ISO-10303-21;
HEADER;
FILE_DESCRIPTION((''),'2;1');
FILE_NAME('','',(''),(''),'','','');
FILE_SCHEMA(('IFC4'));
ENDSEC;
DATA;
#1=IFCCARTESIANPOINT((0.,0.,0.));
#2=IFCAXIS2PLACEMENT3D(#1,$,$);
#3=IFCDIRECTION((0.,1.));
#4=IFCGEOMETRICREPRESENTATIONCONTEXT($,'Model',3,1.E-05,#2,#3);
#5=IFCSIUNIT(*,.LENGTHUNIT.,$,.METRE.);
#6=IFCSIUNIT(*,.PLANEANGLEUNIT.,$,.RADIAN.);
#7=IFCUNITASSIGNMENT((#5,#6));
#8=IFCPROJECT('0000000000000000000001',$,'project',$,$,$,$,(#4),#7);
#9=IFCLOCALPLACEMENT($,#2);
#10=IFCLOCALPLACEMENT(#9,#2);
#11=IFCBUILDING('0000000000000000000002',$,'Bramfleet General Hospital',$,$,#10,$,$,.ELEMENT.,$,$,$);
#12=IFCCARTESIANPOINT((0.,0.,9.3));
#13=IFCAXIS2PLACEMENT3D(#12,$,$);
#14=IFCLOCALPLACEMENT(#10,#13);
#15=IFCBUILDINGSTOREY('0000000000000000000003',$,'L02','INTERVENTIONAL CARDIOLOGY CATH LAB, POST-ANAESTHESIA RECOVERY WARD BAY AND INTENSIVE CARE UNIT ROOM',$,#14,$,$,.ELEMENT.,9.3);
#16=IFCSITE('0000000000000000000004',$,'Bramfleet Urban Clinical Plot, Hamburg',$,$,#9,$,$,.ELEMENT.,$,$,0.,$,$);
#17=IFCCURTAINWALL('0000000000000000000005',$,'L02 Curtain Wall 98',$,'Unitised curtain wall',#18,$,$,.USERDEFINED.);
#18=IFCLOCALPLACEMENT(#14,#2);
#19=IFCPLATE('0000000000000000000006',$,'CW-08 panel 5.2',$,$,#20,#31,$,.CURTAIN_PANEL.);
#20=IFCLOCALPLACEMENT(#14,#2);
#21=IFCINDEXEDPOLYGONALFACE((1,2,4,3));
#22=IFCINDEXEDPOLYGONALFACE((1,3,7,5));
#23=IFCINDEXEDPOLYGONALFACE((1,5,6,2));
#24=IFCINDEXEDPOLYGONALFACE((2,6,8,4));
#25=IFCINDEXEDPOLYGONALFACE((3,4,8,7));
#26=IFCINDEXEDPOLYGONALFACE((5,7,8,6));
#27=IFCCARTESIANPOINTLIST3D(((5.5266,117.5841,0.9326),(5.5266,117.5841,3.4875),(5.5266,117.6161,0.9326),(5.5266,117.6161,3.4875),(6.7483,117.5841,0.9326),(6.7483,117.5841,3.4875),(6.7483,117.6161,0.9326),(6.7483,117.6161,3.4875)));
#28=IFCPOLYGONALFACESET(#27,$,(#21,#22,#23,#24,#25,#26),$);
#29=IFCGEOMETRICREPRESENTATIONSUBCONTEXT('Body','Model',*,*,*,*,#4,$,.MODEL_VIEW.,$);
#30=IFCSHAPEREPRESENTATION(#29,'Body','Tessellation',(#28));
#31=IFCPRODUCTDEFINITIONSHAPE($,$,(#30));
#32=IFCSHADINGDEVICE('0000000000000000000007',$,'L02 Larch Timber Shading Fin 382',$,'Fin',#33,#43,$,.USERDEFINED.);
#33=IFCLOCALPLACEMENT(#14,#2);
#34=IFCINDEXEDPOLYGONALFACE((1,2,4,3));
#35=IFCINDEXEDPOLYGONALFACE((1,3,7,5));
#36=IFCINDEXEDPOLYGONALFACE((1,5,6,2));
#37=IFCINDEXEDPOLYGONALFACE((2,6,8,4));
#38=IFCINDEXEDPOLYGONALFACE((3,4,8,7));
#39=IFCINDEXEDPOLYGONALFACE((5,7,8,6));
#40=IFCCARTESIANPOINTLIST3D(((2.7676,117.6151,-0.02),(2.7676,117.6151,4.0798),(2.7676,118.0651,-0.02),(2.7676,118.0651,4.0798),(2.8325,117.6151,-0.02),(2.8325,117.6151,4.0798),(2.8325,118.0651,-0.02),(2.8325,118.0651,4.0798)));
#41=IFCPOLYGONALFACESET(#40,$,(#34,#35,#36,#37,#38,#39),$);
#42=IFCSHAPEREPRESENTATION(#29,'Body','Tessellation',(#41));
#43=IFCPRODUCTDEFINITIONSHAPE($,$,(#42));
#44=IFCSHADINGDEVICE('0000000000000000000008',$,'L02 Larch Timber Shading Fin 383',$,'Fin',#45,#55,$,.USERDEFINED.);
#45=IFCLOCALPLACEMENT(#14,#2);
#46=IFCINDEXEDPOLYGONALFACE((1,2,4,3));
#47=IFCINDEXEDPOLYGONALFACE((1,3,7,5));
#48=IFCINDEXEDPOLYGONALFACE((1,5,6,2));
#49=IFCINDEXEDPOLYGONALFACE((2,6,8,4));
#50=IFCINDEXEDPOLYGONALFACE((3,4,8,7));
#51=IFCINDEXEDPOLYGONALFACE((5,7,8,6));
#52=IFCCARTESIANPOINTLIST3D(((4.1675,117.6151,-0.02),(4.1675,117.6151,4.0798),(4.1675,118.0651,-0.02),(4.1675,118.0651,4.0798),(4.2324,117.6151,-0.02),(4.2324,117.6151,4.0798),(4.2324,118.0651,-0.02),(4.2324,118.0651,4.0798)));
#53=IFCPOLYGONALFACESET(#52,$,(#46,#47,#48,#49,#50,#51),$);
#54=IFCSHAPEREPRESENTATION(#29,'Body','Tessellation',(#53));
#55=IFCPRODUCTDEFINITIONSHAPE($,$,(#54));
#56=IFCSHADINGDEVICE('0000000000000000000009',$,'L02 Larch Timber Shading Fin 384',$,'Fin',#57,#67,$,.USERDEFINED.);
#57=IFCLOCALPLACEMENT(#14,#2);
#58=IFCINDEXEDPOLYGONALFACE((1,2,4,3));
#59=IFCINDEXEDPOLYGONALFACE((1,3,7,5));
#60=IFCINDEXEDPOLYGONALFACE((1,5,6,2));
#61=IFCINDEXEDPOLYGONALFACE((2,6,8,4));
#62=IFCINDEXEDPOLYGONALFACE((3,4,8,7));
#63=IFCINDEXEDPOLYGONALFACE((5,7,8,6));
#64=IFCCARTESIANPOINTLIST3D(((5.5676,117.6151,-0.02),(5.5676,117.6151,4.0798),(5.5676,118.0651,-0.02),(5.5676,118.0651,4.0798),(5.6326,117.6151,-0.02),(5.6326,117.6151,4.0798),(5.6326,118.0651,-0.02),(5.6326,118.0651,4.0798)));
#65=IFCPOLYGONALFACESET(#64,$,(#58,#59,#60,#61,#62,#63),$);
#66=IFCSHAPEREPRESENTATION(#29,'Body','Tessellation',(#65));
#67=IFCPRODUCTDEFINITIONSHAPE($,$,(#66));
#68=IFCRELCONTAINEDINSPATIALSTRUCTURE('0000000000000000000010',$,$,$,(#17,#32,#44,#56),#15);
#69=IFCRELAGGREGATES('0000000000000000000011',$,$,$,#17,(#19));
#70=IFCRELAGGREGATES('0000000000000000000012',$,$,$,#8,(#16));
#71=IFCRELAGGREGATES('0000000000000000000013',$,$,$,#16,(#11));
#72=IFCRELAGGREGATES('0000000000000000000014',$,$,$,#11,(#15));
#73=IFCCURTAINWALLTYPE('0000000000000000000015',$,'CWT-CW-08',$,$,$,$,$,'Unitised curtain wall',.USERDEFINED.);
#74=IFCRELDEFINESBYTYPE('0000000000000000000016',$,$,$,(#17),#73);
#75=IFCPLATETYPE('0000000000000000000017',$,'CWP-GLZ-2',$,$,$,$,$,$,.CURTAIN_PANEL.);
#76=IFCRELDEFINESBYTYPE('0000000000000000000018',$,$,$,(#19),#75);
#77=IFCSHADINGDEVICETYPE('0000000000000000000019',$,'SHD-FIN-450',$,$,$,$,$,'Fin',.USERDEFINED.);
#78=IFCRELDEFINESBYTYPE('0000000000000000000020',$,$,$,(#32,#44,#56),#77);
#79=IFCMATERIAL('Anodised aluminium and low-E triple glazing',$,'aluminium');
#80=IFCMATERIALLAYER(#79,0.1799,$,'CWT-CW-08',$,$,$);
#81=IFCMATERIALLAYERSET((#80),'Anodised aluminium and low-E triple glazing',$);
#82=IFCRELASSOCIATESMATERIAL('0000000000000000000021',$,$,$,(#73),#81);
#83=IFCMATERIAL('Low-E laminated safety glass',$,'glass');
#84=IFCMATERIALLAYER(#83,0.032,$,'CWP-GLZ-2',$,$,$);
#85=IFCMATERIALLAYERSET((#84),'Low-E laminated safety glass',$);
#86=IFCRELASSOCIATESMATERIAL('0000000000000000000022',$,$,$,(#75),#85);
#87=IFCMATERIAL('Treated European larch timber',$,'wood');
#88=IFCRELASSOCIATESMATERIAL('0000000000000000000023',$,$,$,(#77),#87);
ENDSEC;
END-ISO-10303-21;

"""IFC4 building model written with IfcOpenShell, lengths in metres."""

from ifc_helpers import new_model, si_unit, direction, frame, origin, origin_2d, place, context, subcontext, project, spatial, rectangle, extrude, material, layer, layer_set, material_profile, profile_set, type_object, element, aggregate, save


model = new_model("IFC4")

# Units and contexts
model_context = context("Model", 3, precision=1e-05, world=origin(), true_north=direction((0.0, 1.0)))
body_context = subcontext(model_context, "Body", "Model", "MODEL_VIEW")
ifc_project = project(units=[si_unit("LENGTHUNIT", "METRE"), si_unit("PLANEANGLEUNIT", "RADIAN")], contexts=[model_context])

# Site, building, storey
site_placement = place(None, origin())
site = spatial("IfcSite", under=ifc_project, at=site_placement, Name="Bramfleet Urban Clinical Plot, Hamburg", CompositionType="ELEMENT", RefElevation=0.0)
building_placement = place(site_placement, origin())
building = spatial("IfcBuilding", under=site, at=building_placement, Name="Bramfleet General Hospital", CompositionType="ELEMENT")
storey_placement = place(building_placement, frame((0.0, 0.0, 9.3)))
storey = spatial("IfcBuildingStorey", under=building, at=storey_placement, Name="L02", Description="INTERVENTIONAL CARDIOLOGY CATH LAB, POST-ANAESTHESIA RECOVERY WARD BAY AND INTENSIVE CARE UNIT ROOM", CompositionType="ELEMENT", Elevation=9.3)

# Curtain wall, plate
ifc_material_1 = material(Name="Anodised aluminium and low-E triple glazing", Category="aluminium")
ifc_layer_1 = layer(ifc_material_1, 0.1799, Name="CWT-CW-08")
ifc_layer_set_1 = layer_set([ifc_layer_1], Name="Anodised aluminium and low-E triple glazing")
curtain_wall_type = type_object("IfcCurtainWallType", Name="CWT-CW-08", ElementType="Unitised curtain wall", PredefinedType="USERDEFINED", material=ifc_layer_set_1)
curtain_wall_placement = place(storey_placement, origin())
curtain_wall = element("IfcCurtainWall", 1, at=curtain_wall_placement, inside=storey, type_object=curtain_wall_type, Name="L02 Curtain Wall 98", ObjectType="Unitised curtain wall", PredefinedType="USERDEFINED")
ifc_material_2 = material(Name="Low-E laminated safety glass", Category="glass")
ifc_layer_2 = layer(ifc_material_2, 0.032, Name="CWP-GLZ-2")
ifc_layer_set_2 = layer_set([ifc_layer_2], Name="Low-E laminated safety glass")
plate_type = type_object("IfcPlateType", Name="CWP-GLZ-2", PredefinedType="CURTAIN_PANEL", material=ifc_layer_set_2)
plate_1_placement = place(storey_placement, frame((6.1375, 117.6001, 0.9326), z_axis=(0.0, 0.0, 1.0), x_axis=(1.0, 0.0, 0.0)))
plate_1 = element("IfcPlate", 2, at=plate_1_placement, type_object=plate_type, Name="CW-08 panel 5.2", PredefinedType="CURTAIN_PANEL", context=body_context, shape_type="SweptSolid", body=[
    extrude(rectangle(XDim=1.2217, YDim=0.032, at=origin_2d()), origin(), (0.0, 0.0, 1.0), 2.5549),
])
aggregate(curtain_wall, [plate_1])

# Shading devices
ifc_material_3 = material(Name="Treated European larch timber", Category="wood")
ifc_material_profile_1 = material_profile(ifc_material_3, rectangle(XDim=0.0649, YDim=0.45, at=origin_2d()), Name="LARCH FIN 450x65")
ifc_profile_set_1 = profile_set([ifc_material_profile_1], Name="Treated European larch timber")
shading_device_type = type_object("IfcShadingDeviceType", Name="SHD-FIN-450", ElementType="Fin", PredefinedType="USERDEFINED", material=ifc_profile_set_1)
for number, where, z_axis, x_axis, name in (
    (3, (2.8, 117.8401, -0.02), (0.0, 0.0, 1.0), (1.0, 0.0, 0.0), "L02 Larch Timber Shading Fin 382"),
    (4, (4.2, 117.8401, -0.02), (0.0, 0.0, 1.0), (1.0, 0.0, 0.0), "L02 Larch Timber Shading Fin 383"),
    (5, (5.6001, 117.8401, -0.02), (0.0, 0.0, 1.0), (1.0, 0.0, 0.0), "L02 Larch Timber Shading Fin 384"),
):
    element("IfcShadingDevice", number, at=place(storey_placement, frame(where, z_axis=z_axis, x_axis=x_axis)), inside=storey, type_object=shading_device_type, Name=name, ObjectType="Fin", PredefinedType="USERDEFINED", context=body_context, shape_type="SweptSolid", body=[
        extrude(rectangle(XDim=0.0649, YDim=0.45, at=origin_2d()), origin(), (0.0, 0.0, 1.0), 4.0999),
    ])

save(model, "model.ifc")
